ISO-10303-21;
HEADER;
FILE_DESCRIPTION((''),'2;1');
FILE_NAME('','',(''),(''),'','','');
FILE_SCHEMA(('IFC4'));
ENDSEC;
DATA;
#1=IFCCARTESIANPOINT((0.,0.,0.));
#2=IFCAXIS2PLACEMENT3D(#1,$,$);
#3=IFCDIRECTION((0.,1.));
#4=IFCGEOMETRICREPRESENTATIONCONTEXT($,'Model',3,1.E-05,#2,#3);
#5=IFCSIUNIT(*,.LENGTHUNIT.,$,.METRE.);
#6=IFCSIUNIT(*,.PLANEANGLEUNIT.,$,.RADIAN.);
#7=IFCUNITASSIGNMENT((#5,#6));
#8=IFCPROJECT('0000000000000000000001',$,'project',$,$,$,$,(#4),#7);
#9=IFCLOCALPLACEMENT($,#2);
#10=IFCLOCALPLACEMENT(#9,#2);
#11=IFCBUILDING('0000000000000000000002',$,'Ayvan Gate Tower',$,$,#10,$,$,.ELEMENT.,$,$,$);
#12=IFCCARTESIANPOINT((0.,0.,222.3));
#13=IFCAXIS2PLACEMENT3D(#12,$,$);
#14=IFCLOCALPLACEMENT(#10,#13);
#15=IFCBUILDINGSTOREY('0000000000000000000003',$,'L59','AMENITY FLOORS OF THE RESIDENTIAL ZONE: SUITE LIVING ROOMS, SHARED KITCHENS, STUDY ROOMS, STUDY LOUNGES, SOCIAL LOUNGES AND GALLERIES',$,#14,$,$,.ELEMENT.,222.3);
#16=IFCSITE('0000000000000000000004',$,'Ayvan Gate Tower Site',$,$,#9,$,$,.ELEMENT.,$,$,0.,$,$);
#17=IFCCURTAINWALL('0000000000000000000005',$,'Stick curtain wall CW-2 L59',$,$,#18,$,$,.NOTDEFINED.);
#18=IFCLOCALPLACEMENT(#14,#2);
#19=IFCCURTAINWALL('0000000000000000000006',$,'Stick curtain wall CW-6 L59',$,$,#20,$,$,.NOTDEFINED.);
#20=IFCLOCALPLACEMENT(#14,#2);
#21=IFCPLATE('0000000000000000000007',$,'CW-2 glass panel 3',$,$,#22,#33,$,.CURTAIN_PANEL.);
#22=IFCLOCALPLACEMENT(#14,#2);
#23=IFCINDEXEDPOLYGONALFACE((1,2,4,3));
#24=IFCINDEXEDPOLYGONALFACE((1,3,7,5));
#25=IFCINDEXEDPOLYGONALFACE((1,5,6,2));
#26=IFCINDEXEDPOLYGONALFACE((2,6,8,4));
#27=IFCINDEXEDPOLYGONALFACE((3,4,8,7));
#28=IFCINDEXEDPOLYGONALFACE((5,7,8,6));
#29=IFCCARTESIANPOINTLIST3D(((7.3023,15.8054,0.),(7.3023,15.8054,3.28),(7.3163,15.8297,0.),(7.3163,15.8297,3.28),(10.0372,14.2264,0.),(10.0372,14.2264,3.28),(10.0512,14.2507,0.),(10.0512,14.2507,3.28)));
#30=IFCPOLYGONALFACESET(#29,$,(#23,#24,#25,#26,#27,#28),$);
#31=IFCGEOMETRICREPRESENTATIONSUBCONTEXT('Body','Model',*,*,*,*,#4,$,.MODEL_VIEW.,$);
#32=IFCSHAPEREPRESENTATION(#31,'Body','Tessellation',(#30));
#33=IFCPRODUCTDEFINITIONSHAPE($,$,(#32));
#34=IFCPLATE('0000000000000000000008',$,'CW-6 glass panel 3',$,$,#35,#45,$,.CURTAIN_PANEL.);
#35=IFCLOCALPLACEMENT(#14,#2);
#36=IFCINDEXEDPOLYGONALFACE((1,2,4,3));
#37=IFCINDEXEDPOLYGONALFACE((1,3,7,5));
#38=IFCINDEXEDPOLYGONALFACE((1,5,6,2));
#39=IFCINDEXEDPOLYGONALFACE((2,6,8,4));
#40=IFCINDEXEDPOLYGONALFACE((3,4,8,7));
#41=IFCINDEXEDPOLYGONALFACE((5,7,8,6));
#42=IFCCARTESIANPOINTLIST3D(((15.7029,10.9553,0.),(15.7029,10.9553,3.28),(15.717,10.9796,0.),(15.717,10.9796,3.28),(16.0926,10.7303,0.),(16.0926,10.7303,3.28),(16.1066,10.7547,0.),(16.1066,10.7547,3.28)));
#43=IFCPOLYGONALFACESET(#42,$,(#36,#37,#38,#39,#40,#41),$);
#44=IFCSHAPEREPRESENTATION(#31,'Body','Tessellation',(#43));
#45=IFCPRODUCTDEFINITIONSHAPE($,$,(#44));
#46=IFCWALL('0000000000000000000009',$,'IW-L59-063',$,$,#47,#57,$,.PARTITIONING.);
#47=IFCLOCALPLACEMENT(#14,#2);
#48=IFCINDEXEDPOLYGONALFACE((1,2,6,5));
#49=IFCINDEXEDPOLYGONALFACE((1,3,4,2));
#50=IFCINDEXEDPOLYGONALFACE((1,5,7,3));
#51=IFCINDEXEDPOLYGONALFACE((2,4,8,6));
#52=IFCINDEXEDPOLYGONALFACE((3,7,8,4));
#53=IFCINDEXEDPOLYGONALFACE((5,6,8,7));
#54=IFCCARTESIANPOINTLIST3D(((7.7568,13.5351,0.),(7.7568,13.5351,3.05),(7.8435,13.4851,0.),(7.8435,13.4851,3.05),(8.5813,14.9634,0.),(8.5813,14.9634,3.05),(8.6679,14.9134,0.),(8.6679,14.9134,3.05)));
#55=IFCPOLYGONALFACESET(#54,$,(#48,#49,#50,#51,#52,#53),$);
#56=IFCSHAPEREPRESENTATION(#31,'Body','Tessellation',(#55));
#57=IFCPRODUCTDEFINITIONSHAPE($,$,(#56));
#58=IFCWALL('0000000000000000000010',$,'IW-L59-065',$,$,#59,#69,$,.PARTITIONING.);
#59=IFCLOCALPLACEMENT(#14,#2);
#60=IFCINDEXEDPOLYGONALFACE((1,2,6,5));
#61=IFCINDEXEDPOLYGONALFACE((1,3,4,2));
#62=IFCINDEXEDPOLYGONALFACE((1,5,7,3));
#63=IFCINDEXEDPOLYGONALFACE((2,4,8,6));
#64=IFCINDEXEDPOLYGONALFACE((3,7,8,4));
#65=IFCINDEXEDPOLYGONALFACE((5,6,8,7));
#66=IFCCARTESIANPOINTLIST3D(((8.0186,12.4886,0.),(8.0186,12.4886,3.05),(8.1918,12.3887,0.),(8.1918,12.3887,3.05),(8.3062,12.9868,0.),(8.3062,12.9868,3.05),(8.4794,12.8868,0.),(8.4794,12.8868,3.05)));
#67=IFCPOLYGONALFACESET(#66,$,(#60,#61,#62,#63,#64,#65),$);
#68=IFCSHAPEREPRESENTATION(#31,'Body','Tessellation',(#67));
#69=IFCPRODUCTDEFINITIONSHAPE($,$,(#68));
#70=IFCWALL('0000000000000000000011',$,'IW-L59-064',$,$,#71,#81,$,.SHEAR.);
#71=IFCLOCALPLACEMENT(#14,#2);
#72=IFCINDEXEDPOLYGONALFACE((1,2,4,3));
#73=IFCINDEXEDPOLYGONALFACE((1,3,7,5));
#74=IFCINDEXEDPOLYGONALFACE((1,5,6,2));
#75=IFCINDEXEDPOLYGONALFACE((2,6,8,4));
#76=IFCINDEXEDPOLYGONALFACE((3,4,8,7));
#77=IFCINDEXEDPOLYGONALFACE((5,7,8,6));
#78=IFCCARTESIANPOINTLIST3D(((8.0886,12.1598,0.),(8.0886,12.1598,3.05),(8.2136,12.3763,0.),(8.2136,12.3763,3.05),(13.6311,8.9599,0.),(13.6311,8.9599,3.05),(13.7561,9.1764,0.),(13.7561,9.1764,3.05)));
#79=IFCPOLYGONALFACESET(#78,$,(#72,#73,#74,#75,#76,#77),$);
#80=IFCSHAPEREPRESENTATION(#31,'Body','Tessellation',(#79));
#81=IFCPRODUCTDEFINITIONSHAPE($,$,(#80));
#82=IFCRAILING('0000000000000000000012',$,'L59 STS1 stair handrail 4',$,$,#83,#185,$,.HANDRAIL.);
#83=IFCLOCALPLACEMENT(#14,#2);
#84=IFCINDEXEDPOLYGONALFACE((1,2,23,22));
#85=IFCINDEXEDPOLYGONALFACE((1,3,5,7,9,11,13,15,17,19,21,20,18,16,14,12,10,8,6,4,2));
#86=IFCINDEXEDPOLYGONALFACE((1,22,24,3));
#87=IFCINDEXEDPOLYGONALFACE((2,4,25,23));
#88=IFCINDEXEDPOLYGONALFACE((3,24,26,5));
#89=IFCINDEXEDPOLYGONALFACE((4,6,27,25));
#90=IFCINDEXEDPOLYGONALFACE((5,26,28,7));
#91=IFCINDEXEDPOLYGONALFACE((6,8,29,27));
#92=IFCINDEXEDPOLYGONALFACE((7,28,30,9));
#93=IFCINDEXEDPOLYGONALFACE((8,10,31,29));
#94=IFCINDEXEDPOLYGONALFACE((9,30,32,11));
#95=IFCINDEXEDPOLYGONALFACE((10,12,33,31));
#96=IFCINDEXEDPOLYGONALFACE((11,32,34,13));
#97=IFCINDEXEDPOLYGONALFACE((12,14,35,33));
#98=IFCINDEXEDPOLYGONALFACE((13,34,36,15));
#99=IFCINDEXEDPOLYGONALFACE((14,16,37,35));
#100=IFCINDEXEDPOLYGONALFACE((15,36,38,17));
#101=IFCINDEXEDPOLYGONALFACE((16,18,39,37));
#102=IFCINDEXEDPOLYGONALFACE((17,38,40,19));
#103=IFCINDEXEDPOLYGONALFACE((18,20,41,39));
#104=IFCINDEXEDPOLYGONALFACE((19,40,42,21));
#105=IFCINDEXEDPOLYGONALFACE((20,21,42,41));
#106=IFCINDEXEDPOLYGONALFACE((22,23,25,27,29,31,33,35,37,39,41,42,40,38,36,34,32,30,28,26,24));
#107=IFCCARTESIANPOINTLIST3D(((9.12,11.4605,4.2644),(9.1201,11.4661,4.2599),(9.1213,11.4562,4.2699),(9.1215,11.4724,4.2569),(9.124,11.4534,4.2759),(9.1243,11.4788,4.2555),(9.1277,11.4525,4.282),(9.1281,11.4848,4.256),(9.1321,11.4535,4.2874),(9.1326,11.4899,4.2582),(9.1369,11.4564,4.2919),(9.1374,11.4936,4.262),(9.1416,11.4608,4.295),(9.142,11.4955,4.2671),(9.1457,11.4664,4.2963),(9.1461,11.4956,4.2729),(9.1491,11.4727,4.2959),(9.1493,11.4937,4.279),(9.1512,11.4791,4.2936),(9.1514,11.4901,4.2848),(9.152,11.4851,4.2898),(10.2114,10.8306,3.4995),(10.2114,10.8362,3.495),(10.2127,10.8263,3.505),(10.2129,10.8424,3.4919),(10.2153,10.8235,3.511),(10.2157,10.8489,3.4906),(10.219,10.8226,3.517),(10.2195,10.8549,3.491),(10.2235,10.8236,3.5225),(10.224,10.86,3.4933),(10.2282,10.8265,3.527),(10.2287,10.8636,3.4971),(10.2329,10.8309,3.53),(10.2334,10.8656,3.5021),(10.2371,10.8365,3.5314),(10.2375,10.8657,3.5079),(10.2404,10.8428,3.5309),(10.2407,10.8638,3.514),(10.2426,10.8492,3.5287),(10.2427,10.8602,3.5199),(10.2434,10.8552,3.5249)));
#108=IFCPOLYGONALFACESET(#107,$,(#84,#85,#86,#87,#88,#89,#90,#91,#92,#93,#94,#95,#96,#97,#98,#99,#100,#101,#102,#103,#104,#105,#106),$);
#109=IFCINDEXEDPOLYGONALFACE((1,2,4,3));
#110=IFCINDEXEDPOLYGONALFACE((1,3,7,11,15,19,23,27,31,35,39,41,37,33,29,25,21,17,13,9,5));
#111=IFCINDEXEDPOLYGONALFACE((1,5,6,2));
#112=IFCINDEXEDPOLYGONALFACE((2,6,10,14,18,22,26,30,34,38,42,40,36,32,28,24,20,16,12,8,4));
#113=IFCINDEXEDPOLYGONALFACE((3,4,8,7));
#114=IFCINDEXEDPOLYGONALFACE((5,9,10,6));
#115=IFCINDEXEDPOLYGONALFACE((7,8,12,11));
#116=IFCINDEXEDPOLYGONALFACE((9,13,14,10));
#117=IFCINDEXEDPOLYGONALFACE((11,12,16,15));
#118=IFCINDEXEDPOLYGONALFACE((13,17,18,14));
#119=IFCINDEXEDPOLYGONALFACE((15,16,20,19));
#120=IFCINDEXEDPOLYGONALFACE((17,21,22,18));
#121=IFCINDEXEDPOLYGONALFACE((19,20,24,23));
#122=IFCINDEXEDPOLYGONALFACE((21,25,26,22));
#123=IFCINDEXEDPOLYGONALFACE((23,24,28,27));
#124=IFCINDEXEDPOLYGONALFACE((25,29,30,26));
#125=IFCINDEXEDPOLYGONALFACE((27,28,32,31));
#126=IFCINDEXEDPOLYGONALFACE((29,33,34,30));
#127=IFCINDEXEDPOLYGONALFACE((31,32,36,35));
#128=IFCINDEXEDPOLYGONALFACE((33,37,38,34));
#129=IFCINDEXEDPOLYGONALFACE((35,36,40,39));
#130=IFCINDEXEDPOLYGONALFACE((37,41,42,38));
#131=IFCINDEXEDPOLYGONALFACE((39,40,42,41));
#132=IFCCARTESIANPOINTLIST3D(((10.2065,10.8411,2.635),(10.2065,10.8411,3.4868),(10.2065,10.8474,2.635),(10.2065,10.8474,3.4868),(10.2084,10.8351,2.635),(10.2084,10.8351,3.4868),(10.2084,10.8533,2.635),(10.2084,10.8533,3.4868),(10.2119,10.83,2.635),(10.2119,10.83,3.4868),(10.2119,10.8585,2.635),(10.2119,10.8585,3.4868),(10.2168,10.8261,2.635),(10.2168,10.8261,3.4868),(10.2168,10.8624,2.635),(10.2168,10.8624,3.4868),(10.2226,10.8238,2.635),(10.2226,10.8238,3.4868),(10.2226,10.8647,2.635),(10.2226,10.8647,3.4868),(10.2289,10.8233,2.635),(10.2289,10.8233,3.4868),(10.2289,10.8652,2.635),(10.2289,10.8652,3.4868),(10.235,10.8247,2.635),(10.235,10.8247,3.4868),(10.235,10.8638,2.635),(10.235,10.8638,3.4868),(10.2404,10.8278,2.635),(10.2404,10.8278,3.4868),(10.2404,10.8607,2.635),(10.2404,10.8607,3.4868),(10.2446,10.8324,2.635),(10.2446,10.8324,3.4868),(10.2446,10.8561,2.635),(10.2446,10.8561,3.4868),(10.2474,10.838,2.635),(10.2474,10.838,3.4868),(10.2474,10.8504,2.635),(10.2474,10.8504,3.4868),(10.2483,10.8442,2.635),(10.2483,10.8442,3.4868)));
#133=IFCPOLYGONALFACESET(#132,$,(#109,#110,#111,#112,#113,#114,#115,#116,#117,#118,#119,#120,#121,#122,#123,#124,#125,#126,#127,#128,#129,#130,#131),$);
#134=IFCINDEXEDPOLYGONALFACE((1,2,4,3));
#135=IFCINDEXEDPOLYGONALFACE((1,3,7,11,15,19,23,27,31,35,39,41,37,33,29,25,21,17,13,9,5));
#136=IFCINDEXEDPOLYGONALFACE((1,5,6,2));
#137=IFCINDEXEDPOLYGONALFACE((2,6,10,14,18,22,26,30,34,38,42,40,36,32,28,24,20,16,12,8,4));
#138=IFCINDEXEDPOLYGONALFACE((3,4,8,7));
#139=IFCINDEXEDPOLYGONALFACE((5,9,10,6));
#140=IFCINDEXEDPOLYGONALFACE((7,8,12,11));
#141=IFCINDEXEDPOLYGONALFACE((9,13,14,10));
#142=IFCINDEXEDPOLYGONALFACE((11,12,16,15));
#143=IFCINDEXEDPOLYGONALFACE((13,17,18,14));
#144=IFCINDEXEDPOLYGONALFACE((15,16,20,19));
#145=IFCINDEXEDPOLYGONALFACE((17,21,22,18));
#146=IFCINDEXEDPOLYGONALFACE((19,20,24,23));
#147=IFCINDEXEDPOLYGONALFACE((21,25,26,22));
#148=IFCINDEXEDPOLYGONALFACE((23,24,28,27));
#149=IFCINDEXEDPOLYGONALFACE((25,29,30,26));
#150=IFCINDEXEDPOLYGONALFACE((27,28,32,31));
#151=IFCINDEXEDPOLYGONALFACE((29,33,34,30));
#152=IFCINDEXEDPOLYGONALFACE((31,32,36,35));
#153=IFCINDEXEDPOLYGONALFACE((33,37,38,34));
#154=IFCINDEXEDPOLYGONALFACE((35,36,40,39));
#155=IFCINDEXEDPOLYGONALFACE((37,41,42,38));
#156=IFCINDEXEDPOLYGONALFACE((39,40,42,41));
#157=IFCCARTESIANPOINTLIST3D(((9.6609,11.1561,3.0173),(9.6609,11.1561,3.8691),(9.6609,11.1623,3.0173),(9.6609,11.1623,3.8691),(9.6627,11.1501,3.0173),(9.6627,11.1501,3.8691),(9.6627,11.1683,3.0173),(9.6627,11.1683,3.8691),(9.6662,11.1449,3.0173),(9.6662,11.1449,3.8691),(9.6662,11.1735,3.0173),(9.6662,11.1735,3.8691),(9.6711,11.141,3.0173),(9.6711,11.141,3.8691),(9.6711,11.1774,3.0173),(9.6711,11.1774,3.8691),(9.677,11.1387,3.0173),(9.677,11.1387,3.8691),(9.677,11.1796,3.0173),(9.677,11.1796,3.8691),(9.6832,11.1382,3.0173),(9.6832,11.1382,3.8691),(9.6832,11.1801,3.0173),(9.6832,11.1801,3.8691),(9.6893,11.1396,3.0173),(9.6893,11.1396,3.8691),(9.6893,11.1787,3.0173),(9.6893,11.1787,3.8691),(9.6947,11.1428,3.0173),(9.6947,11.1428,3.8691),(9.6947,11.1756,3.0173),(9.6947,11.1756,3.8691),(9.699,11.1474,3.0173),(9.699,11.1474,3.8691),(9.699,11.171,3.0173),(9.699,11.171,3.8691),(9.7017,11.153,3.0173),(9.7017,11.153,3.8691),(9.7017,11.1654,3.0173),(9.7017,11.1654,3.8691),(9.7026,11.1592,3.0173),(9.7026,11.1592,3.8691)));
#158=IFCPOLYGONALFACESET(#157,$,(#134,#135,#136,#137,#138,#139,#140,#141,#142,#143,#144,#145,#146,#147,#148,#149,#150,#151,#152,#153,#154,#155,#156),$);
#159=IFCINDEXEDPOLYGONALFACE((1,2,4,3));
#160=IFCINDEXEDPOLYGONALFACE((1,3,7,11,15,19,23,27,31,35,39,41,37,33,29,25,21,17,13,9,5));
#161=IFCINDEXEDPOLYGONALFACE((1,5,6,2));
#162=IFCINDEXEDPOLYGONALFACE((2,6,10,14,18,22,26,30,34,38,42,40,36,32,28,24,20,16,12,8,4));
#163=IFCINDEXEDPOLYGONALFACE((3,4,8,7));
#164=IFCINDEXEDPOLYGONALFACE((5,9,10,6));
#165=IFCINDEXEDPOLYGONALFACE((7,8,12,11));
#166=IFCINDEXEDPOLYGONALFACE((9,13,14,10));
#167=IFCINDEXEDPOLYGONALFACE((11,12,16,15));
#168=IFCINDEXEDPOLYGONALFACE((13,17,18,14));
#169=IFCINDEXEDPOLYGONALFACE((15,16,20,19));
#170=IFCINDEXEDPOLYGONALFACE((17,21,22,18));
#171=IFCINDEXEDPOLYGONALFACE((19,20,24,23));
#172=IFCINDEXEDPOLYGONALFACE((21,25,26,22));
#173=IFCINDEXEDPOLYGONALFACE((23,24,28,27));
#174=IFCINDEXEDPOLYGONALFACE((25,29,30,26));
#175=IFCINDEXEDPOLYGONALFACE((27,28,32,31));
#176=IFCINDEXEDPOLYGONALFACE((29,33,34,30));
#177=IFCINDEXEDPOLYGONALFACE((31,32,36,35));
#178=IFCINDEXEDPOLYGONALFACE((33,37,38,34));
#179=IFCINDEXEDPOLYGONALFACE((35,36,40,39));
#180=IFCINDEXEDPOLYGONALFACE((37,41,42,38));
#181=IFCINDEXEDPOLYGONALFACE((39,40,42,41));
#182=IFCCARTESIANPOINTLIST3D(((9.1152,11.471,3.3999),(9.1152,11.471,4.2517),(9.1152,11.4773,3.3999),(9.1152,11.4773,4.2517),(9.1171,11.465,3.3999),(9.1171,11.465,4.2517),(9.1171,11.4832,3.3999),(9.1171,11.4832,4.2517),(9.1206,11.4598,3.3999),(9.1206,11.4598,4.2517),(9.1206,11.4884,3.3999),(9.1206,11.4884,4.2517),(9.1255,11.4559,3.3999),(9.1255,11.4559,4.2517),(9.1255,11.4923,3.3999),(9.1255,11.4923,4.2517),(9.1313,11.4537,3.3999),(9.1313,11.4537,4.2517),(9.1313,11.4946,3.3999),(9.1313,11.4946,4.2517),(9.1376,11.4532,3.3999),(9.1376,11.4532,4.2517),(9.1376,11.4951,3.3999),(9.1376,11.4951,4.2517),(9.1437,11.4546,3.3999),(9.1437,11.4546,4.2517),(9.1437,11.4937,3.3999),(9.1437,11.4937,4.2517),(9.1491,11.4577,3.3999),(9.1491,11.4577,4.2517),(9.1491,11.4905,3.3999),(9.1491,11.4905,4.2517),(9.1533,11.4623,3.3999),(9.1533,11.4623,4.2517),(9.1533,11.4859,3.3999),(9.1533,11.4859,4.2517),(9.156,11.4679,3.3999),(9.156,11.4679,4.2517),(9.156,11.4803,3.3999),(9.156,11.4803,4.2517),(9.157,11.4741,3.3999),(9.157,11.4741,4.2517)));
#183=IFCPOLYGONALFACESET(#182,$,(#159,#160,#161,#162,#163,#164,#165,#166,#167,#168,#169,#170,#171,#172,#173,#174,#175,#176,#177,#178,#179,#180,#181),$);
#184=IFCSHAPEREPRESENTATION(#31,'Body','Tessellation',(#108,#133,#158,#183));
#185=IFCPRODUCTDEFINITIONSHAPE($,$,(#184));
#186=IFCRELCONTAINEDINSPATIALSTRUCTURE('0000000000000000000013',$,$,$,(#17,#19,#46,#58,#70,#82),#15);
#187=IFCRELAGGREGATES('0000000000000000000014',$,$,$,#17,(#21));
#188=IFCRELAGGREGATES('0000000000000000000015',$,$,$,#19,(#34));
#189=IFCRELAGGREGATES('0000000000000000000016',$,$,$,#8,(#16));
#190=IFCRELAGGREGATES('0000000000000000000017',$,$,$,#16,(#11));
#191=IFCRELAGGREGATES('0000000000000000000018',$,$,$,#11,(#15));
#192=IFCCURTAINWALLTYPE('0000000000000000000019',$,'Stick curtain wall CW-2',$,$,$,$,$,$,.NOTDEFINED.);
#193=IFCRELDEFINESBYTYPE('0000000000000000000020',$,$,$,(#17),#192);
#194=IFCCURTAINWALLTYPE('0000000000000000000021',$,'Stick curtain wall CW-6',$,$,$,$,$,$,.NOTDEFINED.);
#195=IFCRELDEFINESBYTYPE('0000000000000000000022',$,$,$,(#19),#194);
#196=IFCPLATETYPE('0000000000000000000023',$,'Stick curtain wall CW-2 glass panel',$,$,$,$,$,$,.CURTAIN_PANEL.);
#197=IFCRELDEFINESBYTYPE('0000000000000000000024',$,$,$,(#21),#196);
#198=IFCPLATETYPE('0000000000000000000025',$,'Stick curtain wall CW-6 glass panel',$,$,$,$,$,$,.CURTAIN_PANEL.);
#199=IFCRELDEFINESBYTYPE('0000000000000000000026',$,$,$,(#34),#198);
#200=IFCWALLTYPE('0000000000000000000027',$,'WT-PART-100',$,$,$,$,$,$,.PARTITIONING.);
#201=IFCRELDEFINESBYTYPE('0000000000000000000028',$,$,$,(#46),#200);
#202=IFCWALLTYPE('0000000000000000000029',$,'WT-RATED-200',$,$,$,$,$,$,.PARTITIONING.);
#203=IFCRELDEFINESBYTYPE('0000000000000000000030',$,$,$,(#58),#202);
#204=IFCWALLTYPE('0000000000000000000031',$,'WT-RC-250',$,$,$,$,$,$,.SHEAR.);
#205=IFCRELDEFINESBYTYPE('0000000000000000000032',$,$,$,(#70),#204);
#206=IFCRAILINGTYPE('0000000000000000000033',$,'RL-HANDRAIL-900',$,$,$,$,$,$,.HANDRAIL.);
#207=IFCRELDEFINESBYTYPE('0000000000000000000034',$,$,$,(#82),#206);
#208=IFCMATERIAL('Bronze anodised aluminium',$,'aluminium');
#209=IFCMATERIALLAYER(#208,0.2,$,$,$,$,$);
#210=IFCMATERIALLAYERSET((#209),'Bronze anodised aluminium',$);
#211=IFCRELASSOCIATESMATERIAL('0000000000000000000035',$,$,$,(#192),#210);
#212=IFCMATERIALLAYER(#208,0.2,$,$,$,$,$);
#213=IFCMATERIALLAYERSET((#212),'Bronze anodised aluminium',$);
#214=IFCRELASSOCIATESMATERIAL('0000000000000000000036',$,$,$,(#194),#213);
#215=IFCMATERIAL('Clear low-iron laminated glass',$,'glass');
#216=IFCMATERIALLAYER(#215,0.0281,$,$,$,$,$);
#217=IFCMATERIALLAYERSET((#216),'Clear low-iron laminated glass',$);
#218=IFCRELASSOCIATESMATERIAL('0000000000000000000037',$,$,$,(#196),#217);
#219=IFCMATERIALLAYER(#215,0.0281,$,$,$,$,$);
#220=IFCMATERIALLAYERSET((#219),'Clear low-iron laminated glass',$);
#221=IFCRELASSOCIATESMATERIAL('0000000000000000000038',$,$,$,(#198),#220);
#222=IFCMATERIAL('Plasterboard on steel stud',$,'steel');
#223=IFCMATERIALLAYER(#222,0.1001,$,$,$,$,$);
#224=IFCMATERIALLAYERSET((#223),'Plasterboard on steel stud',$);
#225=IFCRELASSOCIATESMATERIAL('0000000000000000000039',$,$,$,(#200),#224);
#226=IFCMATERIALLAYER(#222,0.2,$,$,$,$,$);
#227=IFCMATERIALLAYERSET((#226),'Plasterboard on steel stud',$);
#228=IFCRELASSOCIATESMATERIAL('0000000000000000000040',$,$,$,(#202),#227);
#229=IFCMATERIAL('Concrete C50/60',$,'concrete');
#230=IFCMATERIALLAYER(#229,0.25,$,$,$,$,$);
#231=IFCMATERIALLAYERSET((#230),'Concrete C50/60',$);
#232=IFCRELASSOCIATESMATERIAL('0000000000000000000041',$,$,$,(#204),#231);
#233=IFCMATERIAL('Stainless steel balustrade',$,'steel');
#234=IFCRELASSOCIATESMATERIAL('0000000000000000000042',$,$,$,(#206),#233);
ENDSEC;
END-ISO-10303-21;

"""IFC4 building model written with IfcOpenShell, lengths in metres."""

from ifc_helpers import new_model, si_unit, direction, frame, frame_2d, origin, origin_2d, place, context, subcontext, project, spatial, rectangle, circle, extrude, material, layer, layer_set, type_object, element, aggregate, save


model = new_model("IFC4")

# Units and contexts
model_context = context("Model", 3, precision=1e-05, world=origin(), true_north=direction((0.0, 1.0)))
body_context = subcontext(model_context, "Body", "Model", "MODEL_VIEW")
ifc_project = project(units=[si_unit("LENGTHUNIT", "METRE"), si_unit("PLANEANGLEUNIT", "RADIAN")], contexts=[model_context])

# Site, building, storey
site_placement = place(None, origin())
site = spatial("IfcSite", under=ifc_project, at=site_placement, Name="Ayvan Gate Tower Site", CompositionType="ELEMENT", RefElevation=0.0)
building_placement = place(site_placement, origin())
building = spatial("IfcBuilding", under=site, at=building_placement, Name="Ayvan Gate Tower", CompositionType="ELEMENT")
storey_placement = place(building_placement, frame((0.0, 0.0, 222.3)))
storey = spatial("IfcBuildingStorey", under=building, at=storey_placement, Name="L59", Description="AMENITY FLOORS OF THE RESIDENTIAL ZONE: SUITE LIVING ROOMS, SHARED KITCHENS, STUDY ROOMS, STUDY LOUNGES, SOCIAL LOUNGES AND GALLERIES", CompositionType="ELEMENT", Elevation=222.3)

# Shared definitions
ifc_material_1 = material(Name="Concrete C50/60", Category="concrete")

# Curtain walls
ifc_material_2 = material(Name="Bronze anodised aluminium", Category="aluminium")
ifc_layer_1 = layer(ifc_material_2, 0.2)
ifc_layer_set_1 = layer_set([ifc_layer_1], Name="Bronze anodised aluminium")
curtain_wall_type_1 = type_object("IfcCurtainWallType", Name="Stick curtain wall CW-2", PredefinedType="NOTDEFINED", material=ifc_layer_set_1)
curtain_wall_1_placement = place(storey_placement, origin())
curtain_wall_1 = element("IfcCurtainWall", 1, at=curtain_wall_1_placement, inside=storey, type_object=curtain_wall_type_1, Name="Stick curtain wall CW-2 L59", PredefinedType="NOTDEFINED")
ifc_layer_2 = layer(ifc_material_2, 0.2)
ifc_layer_set_2 = layer_set([ifc_layer_2], Name="Bronze anodised aluminium")
curtain_wall_type_2 = type_object("IfcCurtainWallType", Name="Stick curtain wall CW-6", PredefinedType="NOTDEFINED", material=ifc_layer_set_2)
curtain_wall_2_placement = place(storey_placement, origin())
curtain_wall_2 = element("IfcCurtainWall", 2, at=curtain_wall_2_placement, inside=storey, type_object=curtain_wall_type_2, Name="Stick curtain wall CW-6 L59", PredefinedType="NOTDEFINED")

# Plates
ifc_material_3 = material(Name="Clear low-iron laminated glass", Category="glass")
ifc_layer_3 = layer(ifc_material_3, 0.0281)
ifc_layer_set_3 = layer_set([ifc_layer_3], Name="Clear low-iron laminated glass")
plate_type_1 = type_object("IfcPlateType", Name="Stick curtain wall CW-2 glass panel", PredefinedType="CURTAIN_PANEL", material=ifc_layer_set_3)
plate_1_placement = place(storey_placement, frame((8.6768, 15.0281, 0.0), z_axis=(0.0, 0.0, 1.0), x_axis=(-0.866025, 0.5, 0.0)))
plate_1 = element("IfcPlate", 3, at=plate_1_placement, type_object=plate_type_1, Name="CW-2 glass panel 3", PredefinedType="CURTAIN_PANEL", context=body_context, shape_type="SweptSolid", body=[
    extrude(rectangle(XDim=3.158, YDim=0.0281, at=origin_2d()), origin(), (0.0, 0.0, 1.0), 3.28),
])
aggregate(curtain_wall_1, [plate_1])
ifc_layer_4 = layer(ifc_material_3, 0.0281)
ifc_layer_set_4 = layer_set([ifc_layer_4], Name="Clear low-iron laminated glass")
plate_type_2 = type_object("IfcPlateType", Name="Stick curtain wall CW-6 glass panel", PredefinedType="CURTAIN_PANEL", material=ifc_layer_set_4)
plate_2_placement = place(storey_placement, frame((15.9048, 10.855, 0.0), z_axis=(0.0, 0.0, 1.0), x_axis=(-0.866025, 0.5, 0.0)))
plate_2 = element("IfcPlate", 4, at=plate_2_placement, type_object=plate_type_2, Name="CW-6 glass panel 3", PredefinedType="CURTAIN_PANEL", context=body_context, shape_type="SweptSolid", body=[
    extrude(rectangle(XDim=0.45, YDim=0.0281, at=origin_2d()), origin(), (0.0, 0.0, 1.0), 3.28),
])
aggregate(curtain_wall_2, [plate_2])

# Walls
ifc_material_4 = material(Name="Plasterboard on steel stud", Category="steel")
ifc_layer_5 = layer(ifc_material_4, 0.1001)
ifc_layer_set_5 = layer_set([ifc_layer_5], Name="Plasterboard on steel stud")
wall_type_1 = type_object("IfcWallType", Name="WT-PART-100", PredefinedType="PARTITIONING", material=ifc_layer_set_5)
wall_1_placement = place(storey_placement, frame((7.8, 13.51, 0.0), z_axis=(0.0, 0.0, 1.0), x_axis=(0.499945, 0.866057, 0.0)))
element("IfcWall", 5, at=wall_1_placement, inside=storey, type_object=wall_type_1, Name="IW-L59-063", PredefinedType="PARTITIONING", context=body_context, shape_type="SweptSolid", body=[
    extrude(rectangle(XDim=1.6492, YDim=0.1001, at=frame_2d((0.8247, 0.0))), origin(), (0.0, 0.0, 1.0), 3.05),
])
ifc_layer_6 = layer(ifc_material_4, 0.2)
ifc_layer_set_6 = layer_set([ifc_layer_6], Name="Plasterboard on steel stud")
wall_type_2 = type_object("IfcWallType", Name="WT-RATED-200", PredefinedType="PARTITIONING", material=ifc_layer_set_6)
wall_2_placement = place(storey_placement, frame((8.3928, 12.9368, 0.0), z_axis=(0.0, 0.0, 1.0), x_axis=(-0.500065, -0.865988, 0.0)))
element("IfcWall", 6, at=wall_2_placement, inside=storey, type_object=wall_type_2, Name="IW-L59-065", PredefinedType="PARTITIONING", context=body_context, shape_type="SweptSolid", body=[
    extrude(rectangle(XDim=0.5752, YDim=0.2, at=frame_2d((0.2876, 0.0))), origin(), (0.0, 0.0, 1.0), 3.05),
])
ifc_layer_7 = layer(ifc_material_1, 0.25)
ifc_layer_set_7 = layer_set([ifc_layer_7], Name="Concrete C50/60")
wall_type_3 = type_object("IfcWallType", Name="WT-RC-250", PredefinedType="SHEAR", material=ifc_layer_set_7)
wall_3_placement = place(storey_placement, frame((8.1511, 12.2681, 0.0), z_axis=(0.0, 0.0, 1.0), x_axis=(0.866025, -0.5, 0.0)))
element("IfcWall", 7, at=wall_3_placement, inside=storey, type_object=wall_type_3, Name="IW-L59-064", PredefinedType="SHEAR", context=body_context, shape_type="SweptSolid", body=[
    extrude(rectangle(XDim=6.3999, YDim=0.25, at=frame_2d((3.2, 0.0))), origin(), (0.0, 0.0, 1.0), 3.05),
])

# Railing
ifc_material_5 = material(Name="Stainless steel balustrade", Category="steel")
railing_type = type_object("IfcRailingType", Name="RL-HANDRAIL-900", PredefinedType="HANDRAIL", material=ifc_material_5)
railing_placement = place(storey_placement, frame((10.2273, 10.8442, 2.635)))
element("IfcRailing", 8, at=railing_placement, inside=storey, type_object=railing_type, Name="L59 STS1 stair handrail 4", PredefinedType="HANDRAIL", context=body_context, shape_type="SweptSolid", body=[
    extrude(circle(Radius=0.0239, at=origin_2d()), frame((0.0, 0.0, 0.876), z_axis=(-0.740357, 0.42732, 0.518912), x_axis=(-0.49989, -0.866089, 0.0)), (0.0, 0.0, 1.0), 1.4741),
    extrude(circle(Radius=0.021, at=origin_2d()), origin(), (0.0, 0.0, 1.0), 0.8518),
    extrude(circle(Radius=0.021, at=origin_2d()), frame((-0.5457, 0.3149, 0.3823)), (0.0, 0.0, 1.0), 0.8518),
    extrude(circle(Radius=0.021, at=origin_2d()), frame((-1.0913, 0.6299, 0.7649)), (0.0, 0.0, 1.0), 0.8518),
])

save(model, "model.ifc")
